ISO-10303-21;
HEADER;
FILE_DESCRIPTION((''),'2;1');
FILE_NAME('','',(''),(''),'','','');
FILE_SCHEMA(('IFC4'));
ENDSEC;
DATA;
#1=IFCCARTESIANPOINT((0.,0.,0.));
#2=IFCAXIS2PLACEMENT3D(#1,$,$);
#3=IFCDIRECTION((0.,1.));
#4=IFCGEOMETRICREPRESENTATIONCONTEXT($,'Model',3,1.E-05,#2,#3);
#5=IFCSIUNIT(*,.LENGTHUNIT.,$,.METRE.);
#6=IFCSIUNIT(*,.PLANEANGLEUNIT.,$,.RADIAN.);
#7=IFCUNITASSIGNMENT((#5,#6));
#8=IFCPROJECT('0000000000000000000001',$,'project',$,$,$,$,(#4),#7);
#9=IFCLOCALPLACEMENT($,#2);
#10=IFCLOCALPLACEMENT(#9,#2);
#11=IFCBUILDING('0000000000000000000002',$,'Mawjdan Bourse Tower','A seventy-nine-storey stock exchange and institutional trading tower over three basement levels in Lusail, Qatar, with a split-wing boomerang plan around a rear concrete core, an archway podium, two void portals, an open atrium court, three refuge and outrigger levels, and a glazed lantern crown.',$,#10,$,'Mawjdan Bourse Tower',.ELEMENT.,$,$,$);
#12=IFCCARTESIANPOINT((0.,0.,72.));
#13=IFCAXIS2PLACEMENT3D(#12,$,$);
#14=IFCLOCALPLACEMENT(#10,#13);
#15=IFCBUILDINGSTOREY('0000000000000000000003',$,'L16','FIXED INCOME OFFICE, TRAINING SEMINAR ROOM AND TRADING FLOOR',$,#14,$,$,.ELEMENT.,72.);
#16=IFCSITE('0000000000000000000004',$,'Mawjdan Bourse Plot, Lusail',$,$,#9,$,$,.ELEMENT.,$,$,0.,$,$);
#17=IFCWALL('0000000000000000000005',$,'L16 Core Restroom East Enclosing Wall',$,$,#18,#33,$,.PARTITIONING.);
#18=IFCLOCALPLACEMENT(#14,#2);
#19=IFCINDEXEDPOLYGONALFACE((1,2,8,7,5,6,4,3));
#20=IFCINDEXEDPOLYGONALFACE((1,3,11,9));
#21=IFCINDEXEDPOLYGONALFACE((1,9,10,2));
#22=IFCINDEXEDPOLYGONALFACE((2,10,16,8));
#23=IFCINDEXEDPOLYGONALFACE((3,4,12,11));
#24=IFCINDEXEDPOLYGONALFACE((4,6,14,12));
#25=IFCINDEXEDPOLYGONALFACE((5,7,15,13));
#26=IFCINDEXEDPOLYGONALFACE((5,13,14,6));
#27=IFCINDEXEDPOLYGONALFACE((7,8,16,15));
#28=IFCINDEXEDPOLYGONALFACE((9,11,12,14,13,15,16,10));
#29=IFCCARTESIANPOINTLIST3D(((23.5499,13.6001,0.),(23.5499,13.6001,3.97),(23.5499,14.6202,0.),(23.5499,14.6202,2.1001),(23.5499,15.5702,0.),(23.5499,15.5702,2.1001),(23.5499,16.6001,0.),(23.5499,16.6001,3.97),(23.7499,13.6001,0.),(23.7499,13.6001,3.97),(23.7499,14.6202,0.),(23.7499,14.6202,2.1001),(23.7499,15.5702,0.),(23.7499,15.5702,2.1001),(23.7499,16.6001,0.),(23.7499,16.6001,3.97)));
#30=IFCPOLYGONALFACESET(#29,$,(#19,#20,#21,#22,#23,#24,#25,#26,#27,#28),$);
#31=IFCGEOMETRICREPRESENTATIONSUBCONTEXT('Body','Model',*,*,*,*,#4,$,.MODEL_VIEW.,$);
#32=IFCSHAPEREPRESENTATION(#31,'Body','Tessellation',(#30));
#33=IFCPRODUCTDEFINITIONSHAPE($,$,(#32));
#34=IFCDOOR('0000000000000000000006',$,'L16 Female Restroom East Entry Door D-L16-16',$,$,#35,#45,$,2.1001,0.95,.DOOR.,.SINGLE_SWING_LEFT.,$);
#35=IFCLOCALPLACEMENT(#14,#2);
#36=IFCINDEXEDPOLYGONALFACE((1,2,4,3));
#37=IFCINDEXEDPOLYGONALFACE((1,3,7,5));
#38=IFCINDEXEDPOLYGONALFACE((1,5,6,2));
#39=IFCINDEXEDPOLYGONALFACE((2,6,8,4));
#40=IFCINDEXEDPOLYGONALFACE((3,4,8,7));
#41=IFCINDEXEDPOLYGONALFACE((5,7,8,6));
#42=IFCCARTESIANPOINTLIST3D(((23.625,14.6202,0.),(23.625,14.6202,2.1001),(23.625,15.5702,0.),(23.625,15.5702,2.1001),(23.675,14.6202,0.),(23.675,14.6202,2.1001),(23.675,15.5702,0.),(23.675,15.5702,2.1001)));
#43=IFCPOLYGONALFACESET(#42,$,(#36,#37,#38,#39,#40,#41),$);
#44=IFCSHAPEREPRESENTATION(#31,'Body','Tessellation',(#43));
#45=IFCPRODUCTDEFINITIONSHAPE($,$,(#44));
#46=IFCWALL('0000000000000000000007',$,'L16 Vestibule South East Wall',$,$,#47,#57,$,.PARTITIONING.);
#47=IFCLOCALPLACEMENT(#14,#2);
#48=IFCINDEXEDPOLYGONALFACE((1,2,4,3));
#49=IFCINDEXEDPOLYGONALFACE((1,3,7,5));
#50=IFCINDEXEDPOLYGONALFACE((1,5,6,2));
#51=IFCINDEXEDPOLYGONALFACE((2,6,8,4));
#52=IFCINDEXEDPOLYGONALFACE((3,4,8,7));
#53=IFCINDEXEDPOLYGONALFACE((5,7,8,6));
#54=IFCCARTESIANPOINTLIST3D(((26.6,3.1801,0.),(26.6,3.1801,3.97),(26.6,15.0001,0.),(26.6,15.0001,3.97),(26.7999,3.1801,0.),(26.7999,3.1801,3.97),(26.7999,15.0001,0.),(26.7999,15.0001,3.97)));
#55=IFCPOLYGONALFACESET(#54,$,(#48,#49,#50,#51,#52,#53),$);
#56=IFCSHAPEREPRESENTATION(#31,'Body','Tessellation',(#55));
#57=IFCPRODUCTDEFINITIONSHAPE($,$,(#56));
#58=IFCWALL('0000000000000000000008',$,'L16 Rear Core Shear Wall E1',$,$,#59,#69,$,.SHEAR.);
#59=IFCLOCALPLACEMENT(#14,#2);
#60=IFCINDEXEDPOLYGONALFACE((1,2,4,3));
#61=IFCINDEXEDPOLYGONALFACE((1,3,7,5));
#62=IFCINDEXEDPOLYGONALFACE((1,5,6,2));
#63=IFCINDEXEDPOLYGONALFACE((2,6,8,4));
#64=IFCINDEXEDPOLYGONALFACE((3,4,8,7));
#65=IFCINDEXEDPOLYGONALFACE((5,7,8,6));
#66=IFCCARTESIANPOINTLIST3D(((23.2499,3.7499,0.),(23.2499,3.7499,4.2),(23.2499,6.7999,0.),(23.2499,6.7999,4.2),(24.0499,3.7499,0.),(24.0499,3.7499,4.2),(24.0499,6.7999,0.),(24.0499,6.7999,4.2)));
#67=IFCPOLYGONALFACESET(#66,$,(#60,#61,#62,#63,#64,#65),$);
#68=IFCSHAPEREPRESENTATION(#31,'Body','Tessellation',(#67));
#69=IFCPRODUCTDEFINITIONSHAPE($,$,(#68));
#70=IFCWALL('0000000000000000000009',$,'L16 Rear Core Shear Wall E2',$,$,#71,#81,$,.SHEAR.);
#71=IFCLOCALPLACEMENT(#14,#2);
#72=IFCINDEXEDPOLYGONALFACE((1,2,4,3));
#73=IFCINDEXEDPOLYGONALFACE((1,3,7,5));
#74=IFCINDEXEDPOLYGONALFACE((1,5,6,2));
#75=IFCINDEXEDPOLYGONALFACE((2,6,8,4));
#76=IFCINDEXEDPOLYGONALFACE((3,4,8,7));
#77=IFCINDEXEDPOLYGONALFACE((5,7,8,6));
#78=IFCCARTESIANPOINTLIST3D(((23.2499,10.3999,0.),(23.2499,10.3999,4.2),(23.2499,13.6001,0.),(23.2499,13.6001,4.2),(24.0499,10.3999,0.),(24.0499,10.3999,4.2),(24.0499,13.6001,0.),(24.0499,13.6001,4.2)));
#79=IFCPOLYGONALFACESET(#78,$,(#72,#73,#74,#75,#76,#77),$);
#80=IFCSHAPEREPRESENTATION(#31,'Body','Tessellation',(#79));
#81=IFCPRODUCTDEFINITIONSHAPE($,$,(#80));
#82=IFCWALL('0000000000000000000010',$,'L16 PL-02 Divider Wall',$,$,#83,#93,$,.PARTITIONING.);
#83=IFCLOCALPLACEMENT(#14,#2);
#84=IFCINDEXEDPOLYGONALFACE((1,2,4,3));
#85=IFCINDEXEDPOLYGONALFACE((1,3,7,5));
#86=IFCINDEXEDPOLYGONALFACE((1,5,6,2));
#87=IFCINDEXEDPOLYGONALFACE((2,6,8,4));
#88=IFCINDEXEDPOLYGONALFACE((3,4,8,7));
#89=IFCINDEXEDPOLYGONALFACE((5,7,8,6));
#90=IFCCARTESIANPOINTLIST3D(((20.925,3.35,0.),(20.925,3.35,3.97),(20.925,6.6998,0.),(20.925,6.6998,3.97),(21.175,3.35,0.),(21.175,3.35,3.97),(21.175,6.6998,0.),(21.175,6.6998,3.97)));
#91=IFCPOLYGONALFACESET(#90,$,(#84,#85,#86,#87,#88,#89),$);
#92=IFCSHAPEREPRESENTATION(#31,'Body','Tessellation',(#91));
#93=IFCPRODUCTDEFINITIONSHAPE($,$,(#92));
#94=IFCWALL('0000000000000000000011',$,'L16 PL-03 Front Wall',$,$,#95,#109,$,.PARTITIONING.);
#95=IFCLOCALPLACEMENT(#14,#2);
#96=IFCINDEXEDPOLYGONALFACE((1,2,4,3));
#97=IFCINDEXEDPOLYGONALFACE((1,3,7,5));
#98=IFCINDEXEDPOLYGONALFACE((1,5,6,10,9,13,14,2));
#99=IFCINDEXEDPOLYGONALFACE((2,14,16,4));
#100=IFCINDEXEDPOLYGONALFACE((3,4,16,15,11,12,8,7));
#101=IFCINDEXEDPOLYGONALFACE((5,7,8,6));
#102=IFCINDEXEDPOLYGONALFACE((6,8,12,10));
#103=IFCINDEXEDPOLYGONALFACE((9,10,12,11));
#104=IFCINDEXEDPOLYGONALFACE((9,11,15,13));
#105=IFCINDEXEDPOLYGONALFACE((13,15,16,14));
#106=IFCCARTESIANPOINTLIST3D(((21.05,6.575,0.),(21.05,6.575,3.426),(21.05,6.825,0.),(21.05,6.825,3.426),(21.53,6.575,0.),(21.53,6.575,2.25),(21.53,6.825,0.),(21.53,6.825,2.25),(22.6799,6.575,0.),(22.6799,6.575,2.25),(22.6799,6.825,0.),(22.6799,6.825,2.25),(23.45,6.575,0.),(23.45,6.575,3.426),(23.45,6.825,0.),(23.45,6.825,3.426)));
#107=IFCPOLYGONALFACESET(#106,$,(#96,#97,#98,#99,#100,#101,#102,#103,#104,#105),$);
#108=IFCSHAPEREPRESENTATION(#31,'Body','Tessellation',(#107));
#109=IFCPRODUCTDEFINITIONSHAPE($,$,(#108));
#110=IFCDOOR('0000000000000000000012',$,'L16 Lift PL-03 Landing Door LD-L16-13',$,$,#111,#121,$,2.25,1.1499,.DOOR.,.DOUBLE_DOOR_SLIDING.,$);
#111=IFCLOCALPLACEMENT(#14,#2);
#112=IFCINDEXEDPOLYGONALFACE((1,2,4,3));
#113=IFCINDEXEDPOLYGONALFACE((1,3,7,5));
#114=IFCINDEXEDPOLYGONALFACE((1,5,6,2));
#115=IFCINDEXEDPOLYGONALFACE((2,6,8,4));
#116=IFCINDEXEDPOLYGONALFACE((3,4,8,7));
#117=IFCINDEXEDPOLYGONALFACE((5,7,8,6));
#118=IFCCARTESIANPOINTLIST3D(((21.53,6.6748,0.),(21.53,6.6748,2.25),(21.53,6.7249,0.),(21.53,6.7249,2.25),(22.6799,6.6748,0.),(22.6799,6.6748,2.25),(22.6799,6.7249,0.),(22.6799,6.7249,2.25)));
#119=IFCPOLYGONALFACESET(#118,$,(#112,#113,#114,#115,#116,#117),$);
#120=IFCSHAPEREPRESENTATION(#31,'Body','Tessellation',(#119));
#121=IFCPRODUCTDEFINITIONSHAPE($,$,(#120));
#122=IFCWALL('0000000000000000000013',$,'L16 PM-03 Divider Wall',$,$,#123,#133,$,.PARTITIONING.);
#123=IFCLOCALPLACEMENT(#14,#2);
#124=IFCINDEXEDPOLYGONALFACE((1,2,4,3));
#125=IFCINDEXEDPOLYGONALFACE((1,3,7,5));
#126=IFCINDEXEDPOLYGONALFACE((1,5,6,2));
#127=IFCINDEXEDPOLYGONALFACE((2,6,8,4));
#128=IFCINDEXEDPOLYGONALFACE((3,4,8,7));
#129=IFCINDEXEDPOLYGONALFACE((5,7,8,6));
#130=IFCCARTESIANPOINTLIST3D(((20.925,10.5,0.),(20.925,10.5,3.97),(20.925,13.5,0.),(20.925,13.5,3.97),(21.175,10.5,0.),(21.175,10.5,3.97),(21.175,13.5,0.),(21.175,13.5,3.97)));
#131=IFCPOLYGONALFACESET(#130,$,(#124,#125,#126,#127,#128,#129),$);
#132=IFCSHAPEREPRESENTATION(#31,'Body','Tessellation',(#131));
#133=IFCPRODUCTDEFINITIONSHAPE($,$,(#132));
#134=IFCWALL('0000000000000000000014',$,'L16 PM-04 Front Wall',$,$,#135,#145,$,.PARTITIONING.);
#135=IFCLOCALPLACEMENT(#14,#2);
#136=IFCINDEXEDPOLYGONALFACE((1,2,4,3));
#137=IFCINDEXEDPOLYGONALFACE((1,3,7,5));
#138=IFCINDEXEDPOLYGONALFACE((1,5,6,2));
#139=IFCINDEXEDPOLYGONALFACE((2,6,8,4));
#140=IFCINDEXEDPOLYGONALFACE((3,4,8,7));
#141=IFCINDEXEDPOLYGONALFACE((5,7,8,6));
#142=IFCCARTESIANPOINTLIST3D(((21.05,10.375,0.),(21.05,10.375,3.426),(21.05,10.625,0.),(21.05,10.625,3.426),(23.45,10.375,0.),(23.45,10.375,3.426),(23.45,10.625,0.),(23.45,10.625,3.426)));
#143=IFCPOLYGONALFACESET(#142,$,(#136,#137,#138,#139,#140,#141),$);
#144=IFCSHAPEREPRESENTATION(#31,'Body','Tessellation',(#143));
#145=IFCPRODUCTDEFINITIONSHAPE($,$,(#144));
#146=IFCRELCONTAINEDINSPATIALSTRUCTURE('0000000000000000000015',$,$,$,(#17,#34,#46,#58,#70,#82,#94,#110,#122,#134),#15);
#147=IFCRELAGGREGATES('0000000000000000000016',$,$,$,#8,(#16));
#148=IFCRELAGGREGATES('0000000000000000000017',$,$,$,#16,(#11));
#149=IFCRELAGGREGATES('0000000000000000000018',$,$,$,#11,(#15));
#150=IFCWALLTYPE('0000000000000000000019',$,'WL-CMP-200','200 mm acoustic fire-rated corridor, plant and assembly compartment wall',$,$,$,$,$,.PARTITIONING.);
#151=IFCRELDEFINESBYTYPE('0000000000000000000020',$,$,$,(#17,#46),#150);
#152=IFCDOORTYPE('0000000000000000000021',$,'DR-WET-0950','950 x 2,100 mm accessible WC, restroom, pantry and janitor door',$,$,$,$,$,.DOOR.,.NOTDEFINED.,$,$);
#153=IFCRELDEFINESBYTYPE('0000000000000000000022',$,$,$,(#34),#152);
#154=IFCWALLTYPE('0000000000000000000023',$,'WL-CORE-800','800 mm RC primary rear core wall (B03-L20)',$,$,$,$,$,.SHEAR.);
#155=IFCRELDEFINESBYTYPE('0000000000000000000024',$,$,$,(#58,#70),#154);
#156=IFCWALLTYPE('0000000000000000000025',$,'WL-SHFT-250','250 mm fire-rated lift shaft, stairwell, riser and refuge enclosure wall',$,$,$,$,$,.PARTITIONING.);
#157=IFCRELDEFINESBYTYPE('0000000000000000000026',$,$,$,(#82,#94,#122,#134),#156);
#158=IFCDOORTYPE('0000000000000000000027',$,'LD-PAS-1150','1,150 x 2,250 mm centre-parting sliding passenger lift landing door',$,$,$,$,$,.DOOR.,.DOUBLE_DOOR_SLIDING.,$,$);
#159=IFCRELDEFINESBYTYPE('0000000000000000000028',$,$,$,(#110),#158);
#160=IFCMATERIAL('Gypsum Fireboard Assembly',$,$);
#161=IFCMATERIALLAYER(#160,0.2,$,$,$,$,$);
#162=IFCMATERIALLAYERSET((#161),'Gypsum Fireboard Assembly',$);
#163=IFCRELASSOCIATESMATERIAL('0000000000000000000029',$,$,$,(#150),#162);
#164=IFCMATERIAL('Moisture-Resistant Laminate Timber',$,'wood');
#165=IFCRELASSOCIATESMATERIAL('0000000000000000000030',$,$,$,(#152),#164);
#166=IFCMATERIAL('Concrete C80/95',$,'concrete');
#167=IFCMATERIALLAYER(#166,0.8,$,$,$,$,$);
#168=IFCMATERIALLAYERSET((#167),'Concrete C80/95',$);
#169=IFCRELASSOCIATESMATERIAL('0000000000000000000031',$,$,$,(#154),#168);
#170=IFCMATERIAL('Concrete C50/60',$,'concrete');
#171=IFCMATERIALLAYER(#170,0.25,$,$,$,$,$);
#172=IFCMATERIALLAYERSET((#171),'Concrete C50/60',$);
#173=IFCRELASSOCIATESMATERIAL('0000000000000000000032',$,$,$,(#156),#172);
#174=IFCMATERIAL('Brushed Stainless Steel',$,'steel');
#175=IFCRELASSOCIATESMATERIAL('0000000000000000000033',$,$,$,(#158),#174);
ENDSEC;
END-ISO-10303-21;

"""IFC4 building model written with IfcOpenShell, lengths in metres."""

from ifc_helpers import new_model, si_unit, direction, frame, frame_2d, origin, place, context, subcontext, project, spatial, rectangle, extrude, material, layer, layer_set, type_object, element, fill, save


model = new_model("IFC4")

# Units and contexts
model_context = context("Model", 3, precision=1e-05, world=origin(), true_north=direction((0.0, 1.0)))
body_context = subcontext(model_context, "Body", "Model", "MODEL_VIEW")
ifc_project = project(units=[si_unit("LENGTHUNIT", "METRE"), si_unit("PLANEANGLEUNIT", "RADIAN")], contexts=[model_context])

# Site, building, storey
site_placement = place(None, origin())
site = spatial("IfcSite", under=ifc_project, at=site_placement, Name="Mawjdan Bourse Plot, Lusail", CompositionType="ELEMENT", RefElevation=0.0)
building_placement = place(site_placement, origin())
building = spatial("IfcBuilding", under=site, at=building_placement, Name="Mawjdan Bourse Tower", Description="A seventy-nine-storey stock exchange and institutional trading tower over three basement levels in Lusail, Qatar, with a split-wing boomerang plan around a rear concrete core, an archway podium, two void portals, an open atrium court, three refuge and outrigger levels, and a glazed lantern crown.", LongName="Mawjdan Bourse Tower", CompositionType="ELEMENT")
storey_placement = place(building_placement, frame((0.0, 0.0, 72.0)))
storey = spatial("IfcBuildingStorey", under=building, at=storey_placement, Name="L16", Description="FIXED INCOME OFFICE, TRAINING SEMINAR ROOM AND TRADING FLOOR", CompositionType="ELEMENT", Elevation=72.0)

# Shared definitions
ifc_material_1 = material(Name="Concrete C80/95", Category="concrete")

# Wall, opening, door
ifc_material_2 = material(Name="Gypsum Fireboard Assembly")
ifc_layer_1 = layer(ifc_material_2, 0.2)
ifc_layer_set_1 = layer_set([ifc_layer_1], Name="Gypsum Fireboard Assembly")
wall_type_1 = type_object("IfcWallType", Name="WL-CMP-200", Description="200 mm acoustic fire-rated corridor, plant and assembly compartment wall", PredefinedType="PARTITIONING", material=ifc_layer_set_1)
wall_1_placement = place(storey_placement, frame((23.6499, 13.6001, 0.0), z_axis=(0.0, 0.0, 1.0), x_axis=(0.0, 1.0, 0.0)))
wall_1 = element("IfcWall", 1, at=wall_1_placement, inside=storey, type_object=wall_type_1, Name="L16 Core Restroom East Enclosing Wall", PredefinedType="PARTITIONING", context=body_context, shape_type="SweptSolid", body=[
    extrude(rectangle(XDim=3.0, YDim=0.2, at=frame_2d((1.5, 0.0))), origin(), (0.0, 0.0, 1.0), 3.97),
])
opening_1_placement = place(wall_1_placement, frame((1.02, 0.0, 0.0)))
opening_1 = element("IfcOpeningElement", 2, at=opening_1_placement, cuts=wall_1, PredefinedType="OPENING", context=body_context, shape_type="SweptSolid", body=[
    extrude(rectangle(XDim=0.95, YDim=2.1001, at=frame_2d((0.4751, 1.05))), frame((0.0, 0.1099, 0.0), z_axis=(0.0, -1.0, 0.0), x_axis=(1.0, 0.0, 0.0)), (0.0, 0.0, 1.0), 0.22),
])
ifc_material_3 = material(Name="Moisture-Resistant Laminate Timber", Category="wood")
door_type_1 = type_object("IfcDoorType", Name="DR-WET-0950", Description="950 x 2,100 mm accessible WC, restroom, pantry and janitor door", OperationType="NOTDEFINED", PredefinedType="DOOR", material=ifc_material_3)
door_1_placement = place(opening_1_placement, origin())
door_1 = element("IfcDoor", 3, at=door_1_placement, inside=storey, type_object=door_type_1, Name="L16 Female Restroom East Entry Door D-L16-16", OperationType="SINGLE_SWING_LEFT", OverallHeight=2.1001, OverallWidth=0.95, PredefinedType="DOOR", context=body_context, shape_type="SweptSolid", body=[
    extrude(rectangle(XDim=0.95, YDim=2.1001, at=frame_2d((0.4751, 1.05))), frame((0.0, 0.0249, 0.0), z_axis=(0.0, -1.0, 0.0), x_axis=(1.0, 0.0, 0.0)), (0.0, 0.0, 1.0), 0.05),
])
fill(opening_1, door_1)

# Walls
wall_2_placement = place(storey_placement, frame((26.7, 3.1799, 0.0), z_axis=(0.0, 0.0, 1.0), x_axis=(0.0, 1.0, 0.0)))
element("IfcWall", 4, at=wall_2_placement, inside=storey, type_object=wall_type_1, Name="L16 Vestibule South East Wall", PredefinedType="PARTITIONING", context=body_context, shape_type="SweptSolid", body=[
    extrude(rectangle(XDim=11.8201, YDim=0.2, at=frame_2d((5.9102, 0.0))), origin(), (0.0, 0.0, 1.0), 3.97),
])
ifc_layer_2 = layer(ifc_material_1, 0.8)
ifc_layer_set_2 = layer_set([ifc_layer_2], Name="Concrete C80/95")
wall_type_2 = type_object("IfcWallType", Name="WL-CORE-800", Description="800 mm RC primary rear core wall (B03-L20)", PredefinedType="SHEAR", material=ifc_layer_set_2)
wall_3_placement = place(storey_placement, frame((23.6499, 3.75, 0.0), z_axis=(0.0, 0.0, 1.0), x_axis=(0.0, 1.0, 0.0)))
element("IfcWall", 5, at=wall_3_placement, inside=storey, type_object=wall_type_2, Name="L16 Rear Core Shear Wall E1", PredefinedType="SHEAR", context=body_context, shape_type="SweptSolid", body=[
    extrude(rectangle(XDim=3.05, YDim=0.8, at=frame_2d((1.5249, 0.0))), origin(), (0.0, 0.0, 1.0), 4.2),
])
wall_4_placement = place(storey_placement, frame((23.6499, 10.3999, 0.0), z_axis=(0.0, 0.0, 1.0), x_axis=(0.0, 1.0, 0.0)))
element("IfcWall", 6, at=wall_4_placement, inside=storey, type_object=wall_type_2, Name="L16 Rear Core Shear Wall E2", PredefinedType="SHEAR", context=body_context, shape_type="SweptSolid", body=[
    extrude(rectangle(XDim=3.2002, YDim=0.8, at=frame_2d((1.6001, 0.0))), origin(), (0.0, 0.0, 1.0), 4.2),
])
ifc_material_4 = material(Name="Concrete C50/60", Category="concrete")
ifc_layer_3 = layer(ifc_material_4, 0.25)
ifc_layer_set_3 = layer_set([ifc_layer_3], Name="Concrete C50/60")
wall_type_3 = type_object("IfcWallType", Name="WL-SHFT-250", Description="250 mm fire-rated lift shaft, stairwell, riser and refuge enclosure wall", PredefinedType="PARTITIONING", material=ifc_layer_set_3)
wall_5_placement = place(storey_placement, frame((21.05, 3.3501, 0.0), z_axis=(0.0, 0.0, 1.0), x_axis=(0.0, 1.0, 0.0)))
element("IfcWall", 7, at=wall_5_placement, inside=storey, type_object=wall_type_3, Name="L16 PL-02 Divider Wall", PredefinedType="PARTITIONING", context=body_context, shape_type="SweptSolid", body=[
    extrude(rectangle(XDim=3.3499, YDim=0.25, at=frame_2d((1.6748, 0.0))), origin(), (0.0, 0.0, 1.0), 3.97),
])

# Wall, opening, door
wall_6_placement = place(storey_placement, frame((21.05, 6.7, 0.0), z_axis=(0.0, 0.0, 1.0), x_axis=(1.0, 0.0, 0.0)))
wall_6 = element("IfcWall", 8, at=wall_6_placement, inside=storey, type_object=wall_type_3, Name="L16 PL-03 Front Wall", PredefinedType="PARTITIONING", context=body_context, shape_type="SweptSolid", body=[
    extrude(rectangle(XDim=2.3999, YDim=0.25, at=frame_2d((1.2, 0.0))), origin(), (0.0, 0.0, 1.0), 3.426),
])
opening_2_placement = place(wall_6_placement, frame((0.48, 0.0, 0.0)))
opening_2 = element("IfcOpeningElement", 9, at=opening_2_placement, cuts=wall_6, PredefinedType="OPENING", context=body_context, shape_type="SweptSolid", body=[
    extrude(rectangle(XDim=1.1499, YDim=2.25, at=frame_2d((0.575, 1.125))), frame((0.0, 0.135, 0.0), z_axis=(0.0, -1.0, 0.0), x_axis=(1.0, 0.0, 0.0)), (0.0, 0.0, 1.0), 0.27),
])
ifc_material_5 = material(Name="Brushed Stainless Steel", Category="steel")
door_type_2 = type_object("IfcDoorType", Name="LD-PAS-1150", Description="1,150 x 2,250 mm centre-parting sliding passenger lift landing door", OperationType="DOUBLE_DOOR_SLIDING", PredefinedType="DOOR", material=ifc_material_5)
door_2_placement = place(opening_2_placement, origin())
door_2 = element("IfcDoor", 10, at=door_2_placement, inside=storey, type_object=door_type_2, Name="L16 Lift PL-03 Landing Door LD-L16-13", OperationType="DOUBLE_DOOR_SLIDING", OverallHeight=2.25, OverallWidth=1.1499, PredefinedType="DOOR", context=body_context, shape_type="SweptSolid", body=[
    extrude(rectangle(XDim=1.1499, YDim=2.25, at=frame_2d((0.575, 1.125))), frame((0.0, 0.0249, 0.0), z_axis=(0.0, -1.0, 0.0), x_axis=(1.0, 0.0, 0.0)), (0.0, 0.0, 1.0), 0.05),
])
fill(opening_2, door_2)

# Walls
wall_7_placement = place(storey_placement, frame((21.05, 10.5, 0.0), z_axis=(0.0, 0.0, 1.0), x_axis=(0.0, 1.0, 0.0)))
element("IfcWall", 11, at=wall_7_placement, inside=storey, type_object=wall_type_3, Name="L16 PM-03 Divider Wall", PredefinedType="PARTITIONING", context=body_context, shape_type="SweptSolid", body=[
    extrude(rectangle(XDim=3.0, YDim=0.25, at=frame_2d((1.5, 0.0))), origin(), (0.0, 0.0, 1.0), 3.97),
])
wall_8_placement = place(storey_placement, frame((21.05, 10.5, 0.0), z_axis=(0.0, 0.0, 1.0), x_axis=(1.0, 0.0, 0.0)))
element("IfcWall", 12, at=wall_8_placement, inside=storey, type_object=wall_type_3, Name="L16 PM-04 Front Wall", PredefinedType="PARTITIONING", context=body_context, shape_type="SweptSolid", body=[
    extrude(rectangle(XDim=2.3999, YDim=0.25, at=frame_2d((1.2, 0.0))), origin(), (0.0, 0.0, 1.0), 3.426),
])

save(model, "model.ifc")
